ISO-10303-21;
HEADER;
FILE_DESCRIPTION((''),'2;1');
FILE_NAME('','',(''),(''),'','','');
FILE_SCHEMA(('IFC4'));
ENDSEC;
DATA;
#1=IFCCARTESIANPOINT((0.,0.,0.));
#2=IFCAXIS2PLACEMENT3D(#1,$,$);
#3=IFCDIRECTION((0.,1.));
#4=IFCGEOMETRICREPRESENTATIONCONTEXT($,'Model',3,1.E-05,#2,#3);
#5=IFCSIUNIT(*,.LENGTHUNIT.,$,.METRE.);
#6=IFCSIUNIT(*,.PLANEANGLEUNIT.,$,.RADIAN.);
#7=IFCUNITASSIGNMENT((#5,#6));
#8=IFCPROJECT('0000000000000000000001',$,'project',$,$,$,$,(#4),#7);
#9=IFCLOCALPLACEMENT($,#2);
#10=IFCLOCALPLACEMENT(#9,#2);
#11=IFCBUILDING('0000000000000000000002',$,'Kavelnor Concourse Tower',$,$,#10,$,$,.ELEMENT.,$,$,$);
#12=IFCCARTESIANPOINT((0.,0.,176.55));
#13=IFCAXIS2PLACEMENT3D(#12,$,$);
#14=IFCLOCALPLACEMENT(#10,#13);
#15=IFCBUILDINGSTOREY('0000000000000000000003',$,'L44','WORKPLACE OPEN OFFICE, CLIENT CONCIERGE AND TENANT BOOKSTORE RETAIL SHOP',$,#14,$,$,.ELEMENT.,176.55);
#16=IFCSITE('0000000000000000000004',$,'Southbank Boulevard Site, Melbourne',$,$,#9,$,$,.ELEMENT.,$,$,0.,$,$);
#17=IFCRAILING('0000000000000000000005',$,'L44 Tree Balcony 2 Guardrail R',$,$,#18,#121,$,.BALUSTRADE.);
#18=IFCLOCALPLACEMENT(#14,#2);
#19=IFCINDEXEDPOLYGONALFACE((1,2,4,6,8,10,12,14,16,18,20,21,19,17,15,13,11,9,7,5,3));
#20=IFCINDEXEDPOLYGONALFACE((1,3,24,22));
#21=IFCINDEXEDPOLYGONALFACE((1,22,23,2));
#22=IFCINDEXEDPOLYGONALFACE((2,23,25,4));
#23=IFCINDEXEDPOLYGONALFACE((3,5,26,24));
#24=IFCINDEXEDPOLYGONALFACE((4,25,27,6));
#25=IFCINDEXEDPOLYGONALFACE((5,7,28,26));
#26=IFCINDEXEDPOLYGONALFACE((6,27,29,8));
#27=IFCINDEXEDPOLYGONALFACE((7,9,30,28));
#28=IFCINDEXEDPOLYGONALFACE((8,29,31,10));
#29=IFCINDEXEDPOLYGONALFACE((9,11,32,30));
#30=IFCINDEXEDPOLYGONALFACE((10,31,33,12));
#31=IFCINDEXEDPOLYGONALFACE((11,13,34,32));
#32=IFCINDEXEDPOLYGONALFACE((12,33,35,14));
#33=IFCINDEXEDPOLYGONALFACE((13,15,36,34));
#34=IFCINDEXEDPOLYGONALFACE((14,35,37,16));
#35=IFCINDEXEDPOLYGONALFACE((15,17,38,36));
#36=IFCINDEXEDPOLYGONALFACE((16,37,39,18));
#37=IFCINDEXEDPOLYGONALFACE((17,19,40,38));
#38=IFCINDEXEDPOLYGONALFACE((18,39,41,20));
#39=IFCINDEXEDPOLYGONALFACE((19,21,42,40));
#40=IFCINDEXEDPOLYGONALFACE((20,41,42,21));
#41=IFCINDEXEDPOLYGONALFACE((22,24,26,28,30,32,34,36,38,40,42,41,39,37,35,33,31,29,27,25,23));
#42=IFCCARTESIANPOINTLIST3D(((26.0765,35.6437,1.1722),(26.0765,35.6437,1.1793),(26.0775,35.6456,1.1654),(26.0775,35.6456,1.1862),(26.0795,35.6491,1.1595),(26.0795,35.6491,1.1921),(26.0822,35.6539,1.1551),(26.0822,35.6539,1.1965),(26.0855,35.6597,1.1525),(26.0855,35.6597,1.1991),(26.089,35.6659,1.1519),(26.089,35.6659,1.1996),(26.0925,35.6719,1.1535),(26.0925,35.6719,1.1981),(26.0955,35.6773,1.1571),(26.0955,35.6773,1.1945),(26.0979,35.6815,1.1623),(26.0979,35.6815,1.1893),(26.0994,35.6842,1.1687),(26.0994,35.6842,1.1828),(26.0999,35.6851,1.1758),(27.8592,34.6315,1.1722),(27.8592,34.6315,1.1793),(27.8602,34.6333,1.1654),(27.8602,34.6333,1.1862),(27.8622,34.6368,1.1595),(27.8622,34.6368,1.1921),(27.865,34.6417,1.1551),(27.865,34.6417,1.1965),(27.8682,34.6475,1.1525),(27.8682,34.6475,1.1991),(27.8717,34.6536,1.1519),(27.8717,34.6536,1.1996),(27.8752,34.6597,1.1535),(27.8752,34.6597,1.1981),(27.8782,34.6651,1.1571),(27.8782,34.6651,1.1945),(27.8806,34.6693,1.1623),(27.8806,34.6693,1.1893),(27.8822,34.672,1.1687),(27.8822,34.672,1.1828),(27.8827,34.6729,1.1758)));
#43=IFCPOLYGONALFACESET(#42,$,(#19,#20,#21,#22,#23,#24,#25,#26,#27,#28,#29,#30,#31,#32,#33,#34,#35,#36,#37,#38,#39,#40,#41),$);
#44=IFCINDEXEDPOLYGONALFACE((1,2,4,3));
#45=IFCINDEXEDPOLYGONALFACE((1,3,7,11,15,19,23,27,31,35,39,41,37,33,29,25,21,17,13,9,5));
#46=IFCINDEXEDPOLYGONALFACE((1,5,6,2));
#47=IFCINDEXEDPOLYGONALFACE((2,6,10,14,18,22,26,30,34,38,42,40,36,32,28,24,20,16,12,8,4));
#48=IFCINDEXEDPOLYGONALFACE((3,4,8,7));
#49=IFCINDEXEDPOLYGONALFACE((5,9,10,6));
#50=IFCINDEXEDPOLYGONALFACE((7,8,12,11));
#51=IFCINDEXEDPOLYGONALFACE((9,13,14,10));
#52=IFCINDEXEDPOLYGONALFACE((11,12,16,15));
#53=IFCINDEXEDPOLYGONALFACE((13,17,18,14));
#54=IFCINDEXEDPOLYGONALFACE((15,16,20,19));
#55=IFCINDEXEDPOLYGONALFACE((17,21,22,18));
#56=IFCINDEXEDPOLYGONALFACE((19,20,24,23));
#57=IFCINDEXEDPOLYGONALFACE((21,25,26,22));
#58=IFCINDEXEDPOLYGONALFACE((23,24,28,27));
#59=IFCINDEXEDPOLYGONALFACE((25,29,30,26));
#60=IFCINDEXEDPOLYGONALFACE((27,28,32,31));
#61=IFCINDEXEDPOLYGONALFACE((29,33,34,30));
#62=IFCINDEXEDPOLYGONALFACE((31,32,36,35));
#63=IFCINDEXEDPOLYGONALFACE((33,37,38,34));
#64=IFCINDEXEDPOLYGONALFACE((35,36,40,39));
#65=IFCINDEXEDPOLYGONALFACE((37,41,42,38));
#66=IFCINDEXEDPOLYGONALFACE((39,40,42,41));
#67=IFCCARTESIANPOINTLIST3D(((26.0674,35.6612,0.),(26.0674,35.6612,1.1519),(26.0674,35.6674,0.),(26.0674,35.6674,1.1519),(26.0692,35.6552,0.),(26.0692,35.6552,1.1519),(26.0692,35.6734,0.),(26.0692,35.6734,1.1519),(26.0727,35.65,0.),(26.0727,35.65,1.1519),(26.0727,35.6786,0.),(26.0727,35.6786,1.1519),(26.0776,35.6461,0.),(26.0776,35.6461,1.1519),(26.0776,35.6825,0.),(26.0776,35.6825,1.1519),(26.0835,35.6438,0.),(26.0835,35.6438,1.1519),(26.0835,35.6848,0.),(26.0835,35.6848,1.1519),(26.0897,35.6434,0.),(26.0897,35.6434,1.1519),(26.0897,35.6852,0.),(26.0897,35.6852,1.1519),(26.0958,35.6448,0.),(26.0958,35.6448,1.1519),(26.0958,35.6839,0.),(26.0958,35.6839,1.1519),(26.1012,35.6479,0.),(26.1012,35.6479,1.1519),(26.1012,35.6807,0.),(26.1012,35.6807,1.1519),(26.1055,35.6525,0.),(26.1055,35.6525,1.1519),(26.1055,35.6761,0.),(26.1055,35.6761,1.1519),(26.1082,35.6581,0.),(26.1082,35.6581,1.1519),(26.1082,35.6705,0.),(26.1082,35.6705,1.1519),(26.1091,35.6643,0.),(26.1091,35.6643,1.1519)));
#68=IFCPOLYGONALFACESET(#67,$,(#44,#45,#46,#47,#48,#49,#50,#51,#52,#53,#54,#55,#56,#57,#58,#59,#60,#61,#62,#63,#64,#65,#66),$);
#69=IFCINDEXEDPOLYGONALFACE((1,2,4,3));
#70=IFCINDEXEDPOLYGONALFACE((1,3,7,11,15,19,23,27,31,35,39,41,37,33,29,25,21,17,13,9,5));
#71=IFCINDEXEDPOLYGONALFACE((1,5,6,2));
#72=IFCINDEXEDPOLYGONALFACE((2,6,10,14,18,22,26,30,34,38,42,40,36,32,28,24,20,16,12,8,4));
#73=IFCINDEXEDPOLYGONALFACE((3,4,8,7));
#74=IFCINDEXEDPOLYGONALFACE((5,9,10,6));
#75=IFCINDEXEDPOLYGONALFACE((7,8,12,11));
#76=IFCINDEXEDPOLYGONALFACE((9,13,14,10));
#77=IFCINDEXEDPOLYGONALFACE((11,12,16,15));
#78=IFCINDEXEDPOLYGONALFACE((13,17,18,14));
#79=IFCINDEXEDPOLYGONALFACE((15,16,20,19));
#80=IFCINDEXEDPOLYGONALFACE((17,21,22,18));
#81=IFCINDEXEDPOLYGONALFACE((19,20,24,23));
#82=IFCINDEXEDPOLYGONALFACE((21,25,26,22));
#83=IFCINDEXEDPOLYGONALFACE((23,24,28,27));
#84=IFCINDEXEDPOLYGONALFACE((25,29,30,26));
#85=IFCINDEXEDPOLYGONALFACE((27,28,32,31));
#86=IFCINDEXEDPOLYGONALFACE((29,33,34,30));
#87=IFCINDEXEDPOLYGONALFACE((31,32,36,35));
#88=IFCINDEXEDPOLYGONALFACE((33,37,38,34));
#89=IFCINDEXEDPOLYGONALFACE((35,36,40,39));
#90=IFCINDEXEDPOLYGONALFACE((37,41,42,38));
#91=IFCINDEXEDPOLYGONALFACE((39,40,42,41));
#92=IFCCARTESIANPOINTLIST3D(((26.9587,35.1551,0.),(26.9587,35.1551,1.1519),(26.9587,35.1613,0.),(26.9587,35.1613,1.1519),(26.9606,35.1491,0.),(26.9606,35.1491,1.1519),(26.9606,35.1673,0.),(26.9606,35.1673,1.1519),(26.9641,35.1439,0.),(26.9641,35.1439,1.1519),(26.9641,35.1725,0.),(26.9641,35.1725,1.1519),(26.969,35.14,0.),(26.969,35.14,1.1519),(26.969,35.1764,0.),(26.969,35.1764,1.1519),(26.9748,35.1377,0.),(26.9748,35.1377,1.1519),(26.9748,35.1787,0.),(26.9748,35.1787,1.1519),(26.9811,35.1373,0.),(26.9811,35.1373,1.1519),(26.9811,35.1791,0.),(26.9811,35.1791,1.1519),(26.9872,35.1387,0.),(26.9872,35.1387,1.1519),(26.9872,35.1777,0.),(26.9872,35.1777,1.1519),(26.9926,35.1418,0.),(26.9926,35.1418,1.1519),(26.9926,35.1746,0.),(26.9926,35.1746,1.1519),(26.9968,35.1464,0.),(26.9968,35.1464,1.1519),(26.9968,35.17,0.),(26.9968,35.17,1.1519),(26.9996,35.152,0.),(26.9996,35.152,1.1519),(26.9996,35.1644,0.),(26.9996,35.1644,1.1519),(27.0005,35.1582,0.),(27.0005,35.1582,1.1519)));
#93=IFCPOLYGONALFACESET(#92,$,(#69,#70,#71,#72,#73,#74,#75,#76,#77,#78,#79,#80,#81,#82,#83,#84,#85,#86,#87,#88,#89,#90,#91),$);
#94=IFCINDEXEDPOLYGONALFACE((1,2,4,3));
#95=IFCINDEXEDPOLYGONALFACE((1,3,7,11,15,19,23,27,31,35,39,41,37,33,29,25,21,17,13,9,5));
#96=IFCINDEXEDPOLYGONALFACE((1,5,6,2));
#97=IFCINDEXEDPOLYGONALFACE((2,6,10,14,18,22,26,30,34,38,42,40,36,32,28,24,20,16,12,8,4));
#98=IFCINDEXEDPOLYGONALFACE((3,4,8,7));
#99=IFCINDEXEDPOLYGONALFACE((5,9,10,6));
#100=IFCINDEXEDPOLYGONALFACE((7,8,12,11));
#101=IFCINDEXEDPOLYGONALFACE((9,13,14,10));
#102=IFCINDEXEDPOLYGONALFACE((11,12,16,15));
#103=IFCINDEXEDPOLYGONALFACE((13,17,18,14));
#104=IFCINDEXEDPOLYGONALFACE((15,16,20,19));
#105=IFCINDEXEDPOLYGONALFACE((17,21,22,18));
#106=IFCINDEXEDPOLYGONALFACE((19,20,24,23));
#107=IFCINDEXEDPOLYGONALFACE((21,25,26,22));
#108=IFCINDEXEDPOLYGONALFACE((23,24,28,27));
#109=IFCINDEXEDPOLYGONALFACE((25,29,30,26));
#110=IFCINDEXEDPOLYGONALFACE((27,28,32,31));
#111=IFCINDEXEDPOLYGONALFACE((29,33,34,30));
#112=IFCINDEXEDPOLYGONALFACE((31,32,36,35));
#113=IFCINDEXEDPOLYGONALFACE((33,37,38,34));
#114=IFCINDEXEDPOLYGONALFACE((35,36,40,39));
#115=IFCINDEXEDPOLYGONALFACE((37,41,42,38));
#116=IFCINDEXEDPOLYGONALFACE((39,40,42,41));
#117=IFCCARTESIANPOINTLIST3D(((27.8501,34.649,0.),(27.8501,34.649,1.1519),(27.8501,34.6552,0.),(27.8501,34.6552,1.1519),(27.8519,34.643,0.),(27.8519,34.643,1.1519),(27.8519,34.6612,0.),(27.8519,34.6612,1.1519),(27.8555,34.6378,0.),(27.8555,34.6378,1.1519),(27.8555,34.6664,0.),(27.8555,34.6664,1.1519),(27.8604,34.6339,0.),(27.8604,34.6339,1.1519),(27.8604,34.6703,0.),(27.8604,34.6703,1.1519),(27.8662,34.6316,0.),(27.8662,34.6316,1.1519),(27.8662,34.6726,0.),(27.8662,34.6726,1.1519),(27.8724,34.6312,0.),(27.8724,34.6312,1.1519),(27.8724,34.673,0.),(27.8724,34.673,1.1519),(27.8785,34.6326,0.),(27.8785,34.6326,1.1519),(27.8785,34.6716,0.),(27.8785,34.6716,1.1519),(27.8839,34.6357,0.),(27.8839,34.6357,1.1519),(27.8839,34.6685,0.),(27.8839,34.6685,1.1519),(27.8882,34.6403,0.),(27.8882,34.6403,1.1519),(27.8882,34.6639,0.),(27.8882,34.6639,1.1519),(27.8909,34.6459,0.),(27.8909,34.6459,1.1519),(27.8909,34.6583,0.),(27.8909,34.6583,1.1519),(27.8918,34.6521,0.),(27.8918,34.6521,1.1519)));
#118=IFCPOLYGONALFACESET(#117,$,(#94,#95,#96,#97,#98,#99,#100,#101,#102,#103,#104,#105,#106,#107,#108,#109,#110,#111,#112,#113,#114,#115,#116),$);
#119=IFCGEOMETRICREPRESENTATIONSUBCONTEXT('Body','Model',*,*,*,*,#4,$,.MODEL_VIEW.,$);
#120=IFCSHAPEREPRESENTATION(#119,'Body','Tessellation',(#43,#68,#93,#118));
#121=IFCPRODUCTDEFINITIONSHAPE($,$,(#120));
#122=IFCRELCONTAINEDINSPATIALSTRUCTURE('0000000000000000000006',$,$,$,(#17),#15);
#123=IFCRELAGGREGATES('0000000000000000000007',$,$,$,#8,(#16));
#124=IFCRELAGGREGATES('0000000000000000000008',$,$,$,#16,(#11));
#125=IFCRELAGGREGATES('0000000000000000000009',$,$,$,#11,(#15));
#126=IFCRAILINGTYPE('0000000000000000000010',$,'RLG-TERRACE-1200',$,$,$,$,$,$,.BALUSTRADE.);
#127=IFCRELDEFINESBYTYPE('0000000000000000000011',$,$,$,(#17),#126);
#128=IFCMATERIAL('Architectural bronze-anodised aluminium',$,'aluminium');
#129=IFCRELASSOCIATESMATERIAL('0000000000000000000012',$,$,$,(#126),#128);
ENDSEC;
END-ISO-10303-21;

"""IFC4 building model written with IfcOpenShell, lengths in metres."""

from ifc_helpers import new_model, si_unit, direction, frame, origin, origin_2d, place, context, subcontext, project, spatial, circle, extrude, material, type_object, element, save


model = new_model("IFC4")

# Units and contexts
model_context = context("Model", 3, precision=1e-05, world=origin(), true_north=direction((0.0, 1.0)))
body_context = subcontext(model_context, "Body", "Model", "MODEL_VIEW")
ifc_project = project(units=[si_unit("LENGTHUNIT", "METRE"), si_unit("PLANEANGLEUNIT", "RADIAN")], contexts=[model_context])

# Site, building, storey
site_placement = place(None, origin())
site = spatial("IfcSite", under=ifc_project, at=site_placement, Name="Southbank Boulevard Site, Melbourne", CompositionType="ELEMENT", RefElevation=0.0)
building_placement = place(site_placement, origin())
building = spatial("IfcBuilding", under=site, at=building_placement, Name="Kavelnor Concourse Tower", CompositionType="ELEMENT")
storey_placement = place(building_placement, frame((0.0, 0.0, 176.55)))
storey = spatial("IfcBuildingStorey", under=building, at=storey_placement, Name="L44", Description="WORKPLACE OPEN OFFICE, CLIENT CONCIERGE AND TENANT BOOKSTORE RETAIL SHOP", CompositionType="ELEMENT", Elevation=176.55)

# Railing
ifc_material_1 = material(Name="Architectural bronze-anodised aluminium", Category="aluminium")
railing_type = type_object("IfcRailingType", Name="RLG-TERRACE-1200", PredefinedType="BALUSTRADE", material=ifc_material_1)
railing_1_placement = place(storey_placement, frame((26.0881, 35.6643, 0.0)))
element("IfcRailing", 1, at=railing_1_placement, inside=storey, type_object=railing_type, Name="L44 Tree Balcony 2 Guardrail R", PredefinedType="BALUSTRADE", context=body_context, shape_type="SweptSolid", body=[
    extrude(circle(Radius=0.0239, at=origin_2d()), frame((0.0, 0.0, 1.1758), z_axis=(0.869603, -0.493752, 0.0), x_axis=(0.493752, 0.869603, 0.0)), (0.0, 0.0, 1.0), 2.05),
    extrude(circle(Radius=0.021, at=origin_2d()), origin(), (0.0, 0.0, 1.0), 1.1519),
    extrude(circle(Radius=0.021, at=origin_2d()), frame((0.8914, -0.5061, 0.0)), (0.0, 0.0, 1.0), 1.1519),
    extrude(circle(Radius=0.021, at=origin_2d()), frame((1.7827, -1.0122, 0.0)), (0.0, 0.0, 1.0), 1.1519),
])

save(model, "model.ifc")
